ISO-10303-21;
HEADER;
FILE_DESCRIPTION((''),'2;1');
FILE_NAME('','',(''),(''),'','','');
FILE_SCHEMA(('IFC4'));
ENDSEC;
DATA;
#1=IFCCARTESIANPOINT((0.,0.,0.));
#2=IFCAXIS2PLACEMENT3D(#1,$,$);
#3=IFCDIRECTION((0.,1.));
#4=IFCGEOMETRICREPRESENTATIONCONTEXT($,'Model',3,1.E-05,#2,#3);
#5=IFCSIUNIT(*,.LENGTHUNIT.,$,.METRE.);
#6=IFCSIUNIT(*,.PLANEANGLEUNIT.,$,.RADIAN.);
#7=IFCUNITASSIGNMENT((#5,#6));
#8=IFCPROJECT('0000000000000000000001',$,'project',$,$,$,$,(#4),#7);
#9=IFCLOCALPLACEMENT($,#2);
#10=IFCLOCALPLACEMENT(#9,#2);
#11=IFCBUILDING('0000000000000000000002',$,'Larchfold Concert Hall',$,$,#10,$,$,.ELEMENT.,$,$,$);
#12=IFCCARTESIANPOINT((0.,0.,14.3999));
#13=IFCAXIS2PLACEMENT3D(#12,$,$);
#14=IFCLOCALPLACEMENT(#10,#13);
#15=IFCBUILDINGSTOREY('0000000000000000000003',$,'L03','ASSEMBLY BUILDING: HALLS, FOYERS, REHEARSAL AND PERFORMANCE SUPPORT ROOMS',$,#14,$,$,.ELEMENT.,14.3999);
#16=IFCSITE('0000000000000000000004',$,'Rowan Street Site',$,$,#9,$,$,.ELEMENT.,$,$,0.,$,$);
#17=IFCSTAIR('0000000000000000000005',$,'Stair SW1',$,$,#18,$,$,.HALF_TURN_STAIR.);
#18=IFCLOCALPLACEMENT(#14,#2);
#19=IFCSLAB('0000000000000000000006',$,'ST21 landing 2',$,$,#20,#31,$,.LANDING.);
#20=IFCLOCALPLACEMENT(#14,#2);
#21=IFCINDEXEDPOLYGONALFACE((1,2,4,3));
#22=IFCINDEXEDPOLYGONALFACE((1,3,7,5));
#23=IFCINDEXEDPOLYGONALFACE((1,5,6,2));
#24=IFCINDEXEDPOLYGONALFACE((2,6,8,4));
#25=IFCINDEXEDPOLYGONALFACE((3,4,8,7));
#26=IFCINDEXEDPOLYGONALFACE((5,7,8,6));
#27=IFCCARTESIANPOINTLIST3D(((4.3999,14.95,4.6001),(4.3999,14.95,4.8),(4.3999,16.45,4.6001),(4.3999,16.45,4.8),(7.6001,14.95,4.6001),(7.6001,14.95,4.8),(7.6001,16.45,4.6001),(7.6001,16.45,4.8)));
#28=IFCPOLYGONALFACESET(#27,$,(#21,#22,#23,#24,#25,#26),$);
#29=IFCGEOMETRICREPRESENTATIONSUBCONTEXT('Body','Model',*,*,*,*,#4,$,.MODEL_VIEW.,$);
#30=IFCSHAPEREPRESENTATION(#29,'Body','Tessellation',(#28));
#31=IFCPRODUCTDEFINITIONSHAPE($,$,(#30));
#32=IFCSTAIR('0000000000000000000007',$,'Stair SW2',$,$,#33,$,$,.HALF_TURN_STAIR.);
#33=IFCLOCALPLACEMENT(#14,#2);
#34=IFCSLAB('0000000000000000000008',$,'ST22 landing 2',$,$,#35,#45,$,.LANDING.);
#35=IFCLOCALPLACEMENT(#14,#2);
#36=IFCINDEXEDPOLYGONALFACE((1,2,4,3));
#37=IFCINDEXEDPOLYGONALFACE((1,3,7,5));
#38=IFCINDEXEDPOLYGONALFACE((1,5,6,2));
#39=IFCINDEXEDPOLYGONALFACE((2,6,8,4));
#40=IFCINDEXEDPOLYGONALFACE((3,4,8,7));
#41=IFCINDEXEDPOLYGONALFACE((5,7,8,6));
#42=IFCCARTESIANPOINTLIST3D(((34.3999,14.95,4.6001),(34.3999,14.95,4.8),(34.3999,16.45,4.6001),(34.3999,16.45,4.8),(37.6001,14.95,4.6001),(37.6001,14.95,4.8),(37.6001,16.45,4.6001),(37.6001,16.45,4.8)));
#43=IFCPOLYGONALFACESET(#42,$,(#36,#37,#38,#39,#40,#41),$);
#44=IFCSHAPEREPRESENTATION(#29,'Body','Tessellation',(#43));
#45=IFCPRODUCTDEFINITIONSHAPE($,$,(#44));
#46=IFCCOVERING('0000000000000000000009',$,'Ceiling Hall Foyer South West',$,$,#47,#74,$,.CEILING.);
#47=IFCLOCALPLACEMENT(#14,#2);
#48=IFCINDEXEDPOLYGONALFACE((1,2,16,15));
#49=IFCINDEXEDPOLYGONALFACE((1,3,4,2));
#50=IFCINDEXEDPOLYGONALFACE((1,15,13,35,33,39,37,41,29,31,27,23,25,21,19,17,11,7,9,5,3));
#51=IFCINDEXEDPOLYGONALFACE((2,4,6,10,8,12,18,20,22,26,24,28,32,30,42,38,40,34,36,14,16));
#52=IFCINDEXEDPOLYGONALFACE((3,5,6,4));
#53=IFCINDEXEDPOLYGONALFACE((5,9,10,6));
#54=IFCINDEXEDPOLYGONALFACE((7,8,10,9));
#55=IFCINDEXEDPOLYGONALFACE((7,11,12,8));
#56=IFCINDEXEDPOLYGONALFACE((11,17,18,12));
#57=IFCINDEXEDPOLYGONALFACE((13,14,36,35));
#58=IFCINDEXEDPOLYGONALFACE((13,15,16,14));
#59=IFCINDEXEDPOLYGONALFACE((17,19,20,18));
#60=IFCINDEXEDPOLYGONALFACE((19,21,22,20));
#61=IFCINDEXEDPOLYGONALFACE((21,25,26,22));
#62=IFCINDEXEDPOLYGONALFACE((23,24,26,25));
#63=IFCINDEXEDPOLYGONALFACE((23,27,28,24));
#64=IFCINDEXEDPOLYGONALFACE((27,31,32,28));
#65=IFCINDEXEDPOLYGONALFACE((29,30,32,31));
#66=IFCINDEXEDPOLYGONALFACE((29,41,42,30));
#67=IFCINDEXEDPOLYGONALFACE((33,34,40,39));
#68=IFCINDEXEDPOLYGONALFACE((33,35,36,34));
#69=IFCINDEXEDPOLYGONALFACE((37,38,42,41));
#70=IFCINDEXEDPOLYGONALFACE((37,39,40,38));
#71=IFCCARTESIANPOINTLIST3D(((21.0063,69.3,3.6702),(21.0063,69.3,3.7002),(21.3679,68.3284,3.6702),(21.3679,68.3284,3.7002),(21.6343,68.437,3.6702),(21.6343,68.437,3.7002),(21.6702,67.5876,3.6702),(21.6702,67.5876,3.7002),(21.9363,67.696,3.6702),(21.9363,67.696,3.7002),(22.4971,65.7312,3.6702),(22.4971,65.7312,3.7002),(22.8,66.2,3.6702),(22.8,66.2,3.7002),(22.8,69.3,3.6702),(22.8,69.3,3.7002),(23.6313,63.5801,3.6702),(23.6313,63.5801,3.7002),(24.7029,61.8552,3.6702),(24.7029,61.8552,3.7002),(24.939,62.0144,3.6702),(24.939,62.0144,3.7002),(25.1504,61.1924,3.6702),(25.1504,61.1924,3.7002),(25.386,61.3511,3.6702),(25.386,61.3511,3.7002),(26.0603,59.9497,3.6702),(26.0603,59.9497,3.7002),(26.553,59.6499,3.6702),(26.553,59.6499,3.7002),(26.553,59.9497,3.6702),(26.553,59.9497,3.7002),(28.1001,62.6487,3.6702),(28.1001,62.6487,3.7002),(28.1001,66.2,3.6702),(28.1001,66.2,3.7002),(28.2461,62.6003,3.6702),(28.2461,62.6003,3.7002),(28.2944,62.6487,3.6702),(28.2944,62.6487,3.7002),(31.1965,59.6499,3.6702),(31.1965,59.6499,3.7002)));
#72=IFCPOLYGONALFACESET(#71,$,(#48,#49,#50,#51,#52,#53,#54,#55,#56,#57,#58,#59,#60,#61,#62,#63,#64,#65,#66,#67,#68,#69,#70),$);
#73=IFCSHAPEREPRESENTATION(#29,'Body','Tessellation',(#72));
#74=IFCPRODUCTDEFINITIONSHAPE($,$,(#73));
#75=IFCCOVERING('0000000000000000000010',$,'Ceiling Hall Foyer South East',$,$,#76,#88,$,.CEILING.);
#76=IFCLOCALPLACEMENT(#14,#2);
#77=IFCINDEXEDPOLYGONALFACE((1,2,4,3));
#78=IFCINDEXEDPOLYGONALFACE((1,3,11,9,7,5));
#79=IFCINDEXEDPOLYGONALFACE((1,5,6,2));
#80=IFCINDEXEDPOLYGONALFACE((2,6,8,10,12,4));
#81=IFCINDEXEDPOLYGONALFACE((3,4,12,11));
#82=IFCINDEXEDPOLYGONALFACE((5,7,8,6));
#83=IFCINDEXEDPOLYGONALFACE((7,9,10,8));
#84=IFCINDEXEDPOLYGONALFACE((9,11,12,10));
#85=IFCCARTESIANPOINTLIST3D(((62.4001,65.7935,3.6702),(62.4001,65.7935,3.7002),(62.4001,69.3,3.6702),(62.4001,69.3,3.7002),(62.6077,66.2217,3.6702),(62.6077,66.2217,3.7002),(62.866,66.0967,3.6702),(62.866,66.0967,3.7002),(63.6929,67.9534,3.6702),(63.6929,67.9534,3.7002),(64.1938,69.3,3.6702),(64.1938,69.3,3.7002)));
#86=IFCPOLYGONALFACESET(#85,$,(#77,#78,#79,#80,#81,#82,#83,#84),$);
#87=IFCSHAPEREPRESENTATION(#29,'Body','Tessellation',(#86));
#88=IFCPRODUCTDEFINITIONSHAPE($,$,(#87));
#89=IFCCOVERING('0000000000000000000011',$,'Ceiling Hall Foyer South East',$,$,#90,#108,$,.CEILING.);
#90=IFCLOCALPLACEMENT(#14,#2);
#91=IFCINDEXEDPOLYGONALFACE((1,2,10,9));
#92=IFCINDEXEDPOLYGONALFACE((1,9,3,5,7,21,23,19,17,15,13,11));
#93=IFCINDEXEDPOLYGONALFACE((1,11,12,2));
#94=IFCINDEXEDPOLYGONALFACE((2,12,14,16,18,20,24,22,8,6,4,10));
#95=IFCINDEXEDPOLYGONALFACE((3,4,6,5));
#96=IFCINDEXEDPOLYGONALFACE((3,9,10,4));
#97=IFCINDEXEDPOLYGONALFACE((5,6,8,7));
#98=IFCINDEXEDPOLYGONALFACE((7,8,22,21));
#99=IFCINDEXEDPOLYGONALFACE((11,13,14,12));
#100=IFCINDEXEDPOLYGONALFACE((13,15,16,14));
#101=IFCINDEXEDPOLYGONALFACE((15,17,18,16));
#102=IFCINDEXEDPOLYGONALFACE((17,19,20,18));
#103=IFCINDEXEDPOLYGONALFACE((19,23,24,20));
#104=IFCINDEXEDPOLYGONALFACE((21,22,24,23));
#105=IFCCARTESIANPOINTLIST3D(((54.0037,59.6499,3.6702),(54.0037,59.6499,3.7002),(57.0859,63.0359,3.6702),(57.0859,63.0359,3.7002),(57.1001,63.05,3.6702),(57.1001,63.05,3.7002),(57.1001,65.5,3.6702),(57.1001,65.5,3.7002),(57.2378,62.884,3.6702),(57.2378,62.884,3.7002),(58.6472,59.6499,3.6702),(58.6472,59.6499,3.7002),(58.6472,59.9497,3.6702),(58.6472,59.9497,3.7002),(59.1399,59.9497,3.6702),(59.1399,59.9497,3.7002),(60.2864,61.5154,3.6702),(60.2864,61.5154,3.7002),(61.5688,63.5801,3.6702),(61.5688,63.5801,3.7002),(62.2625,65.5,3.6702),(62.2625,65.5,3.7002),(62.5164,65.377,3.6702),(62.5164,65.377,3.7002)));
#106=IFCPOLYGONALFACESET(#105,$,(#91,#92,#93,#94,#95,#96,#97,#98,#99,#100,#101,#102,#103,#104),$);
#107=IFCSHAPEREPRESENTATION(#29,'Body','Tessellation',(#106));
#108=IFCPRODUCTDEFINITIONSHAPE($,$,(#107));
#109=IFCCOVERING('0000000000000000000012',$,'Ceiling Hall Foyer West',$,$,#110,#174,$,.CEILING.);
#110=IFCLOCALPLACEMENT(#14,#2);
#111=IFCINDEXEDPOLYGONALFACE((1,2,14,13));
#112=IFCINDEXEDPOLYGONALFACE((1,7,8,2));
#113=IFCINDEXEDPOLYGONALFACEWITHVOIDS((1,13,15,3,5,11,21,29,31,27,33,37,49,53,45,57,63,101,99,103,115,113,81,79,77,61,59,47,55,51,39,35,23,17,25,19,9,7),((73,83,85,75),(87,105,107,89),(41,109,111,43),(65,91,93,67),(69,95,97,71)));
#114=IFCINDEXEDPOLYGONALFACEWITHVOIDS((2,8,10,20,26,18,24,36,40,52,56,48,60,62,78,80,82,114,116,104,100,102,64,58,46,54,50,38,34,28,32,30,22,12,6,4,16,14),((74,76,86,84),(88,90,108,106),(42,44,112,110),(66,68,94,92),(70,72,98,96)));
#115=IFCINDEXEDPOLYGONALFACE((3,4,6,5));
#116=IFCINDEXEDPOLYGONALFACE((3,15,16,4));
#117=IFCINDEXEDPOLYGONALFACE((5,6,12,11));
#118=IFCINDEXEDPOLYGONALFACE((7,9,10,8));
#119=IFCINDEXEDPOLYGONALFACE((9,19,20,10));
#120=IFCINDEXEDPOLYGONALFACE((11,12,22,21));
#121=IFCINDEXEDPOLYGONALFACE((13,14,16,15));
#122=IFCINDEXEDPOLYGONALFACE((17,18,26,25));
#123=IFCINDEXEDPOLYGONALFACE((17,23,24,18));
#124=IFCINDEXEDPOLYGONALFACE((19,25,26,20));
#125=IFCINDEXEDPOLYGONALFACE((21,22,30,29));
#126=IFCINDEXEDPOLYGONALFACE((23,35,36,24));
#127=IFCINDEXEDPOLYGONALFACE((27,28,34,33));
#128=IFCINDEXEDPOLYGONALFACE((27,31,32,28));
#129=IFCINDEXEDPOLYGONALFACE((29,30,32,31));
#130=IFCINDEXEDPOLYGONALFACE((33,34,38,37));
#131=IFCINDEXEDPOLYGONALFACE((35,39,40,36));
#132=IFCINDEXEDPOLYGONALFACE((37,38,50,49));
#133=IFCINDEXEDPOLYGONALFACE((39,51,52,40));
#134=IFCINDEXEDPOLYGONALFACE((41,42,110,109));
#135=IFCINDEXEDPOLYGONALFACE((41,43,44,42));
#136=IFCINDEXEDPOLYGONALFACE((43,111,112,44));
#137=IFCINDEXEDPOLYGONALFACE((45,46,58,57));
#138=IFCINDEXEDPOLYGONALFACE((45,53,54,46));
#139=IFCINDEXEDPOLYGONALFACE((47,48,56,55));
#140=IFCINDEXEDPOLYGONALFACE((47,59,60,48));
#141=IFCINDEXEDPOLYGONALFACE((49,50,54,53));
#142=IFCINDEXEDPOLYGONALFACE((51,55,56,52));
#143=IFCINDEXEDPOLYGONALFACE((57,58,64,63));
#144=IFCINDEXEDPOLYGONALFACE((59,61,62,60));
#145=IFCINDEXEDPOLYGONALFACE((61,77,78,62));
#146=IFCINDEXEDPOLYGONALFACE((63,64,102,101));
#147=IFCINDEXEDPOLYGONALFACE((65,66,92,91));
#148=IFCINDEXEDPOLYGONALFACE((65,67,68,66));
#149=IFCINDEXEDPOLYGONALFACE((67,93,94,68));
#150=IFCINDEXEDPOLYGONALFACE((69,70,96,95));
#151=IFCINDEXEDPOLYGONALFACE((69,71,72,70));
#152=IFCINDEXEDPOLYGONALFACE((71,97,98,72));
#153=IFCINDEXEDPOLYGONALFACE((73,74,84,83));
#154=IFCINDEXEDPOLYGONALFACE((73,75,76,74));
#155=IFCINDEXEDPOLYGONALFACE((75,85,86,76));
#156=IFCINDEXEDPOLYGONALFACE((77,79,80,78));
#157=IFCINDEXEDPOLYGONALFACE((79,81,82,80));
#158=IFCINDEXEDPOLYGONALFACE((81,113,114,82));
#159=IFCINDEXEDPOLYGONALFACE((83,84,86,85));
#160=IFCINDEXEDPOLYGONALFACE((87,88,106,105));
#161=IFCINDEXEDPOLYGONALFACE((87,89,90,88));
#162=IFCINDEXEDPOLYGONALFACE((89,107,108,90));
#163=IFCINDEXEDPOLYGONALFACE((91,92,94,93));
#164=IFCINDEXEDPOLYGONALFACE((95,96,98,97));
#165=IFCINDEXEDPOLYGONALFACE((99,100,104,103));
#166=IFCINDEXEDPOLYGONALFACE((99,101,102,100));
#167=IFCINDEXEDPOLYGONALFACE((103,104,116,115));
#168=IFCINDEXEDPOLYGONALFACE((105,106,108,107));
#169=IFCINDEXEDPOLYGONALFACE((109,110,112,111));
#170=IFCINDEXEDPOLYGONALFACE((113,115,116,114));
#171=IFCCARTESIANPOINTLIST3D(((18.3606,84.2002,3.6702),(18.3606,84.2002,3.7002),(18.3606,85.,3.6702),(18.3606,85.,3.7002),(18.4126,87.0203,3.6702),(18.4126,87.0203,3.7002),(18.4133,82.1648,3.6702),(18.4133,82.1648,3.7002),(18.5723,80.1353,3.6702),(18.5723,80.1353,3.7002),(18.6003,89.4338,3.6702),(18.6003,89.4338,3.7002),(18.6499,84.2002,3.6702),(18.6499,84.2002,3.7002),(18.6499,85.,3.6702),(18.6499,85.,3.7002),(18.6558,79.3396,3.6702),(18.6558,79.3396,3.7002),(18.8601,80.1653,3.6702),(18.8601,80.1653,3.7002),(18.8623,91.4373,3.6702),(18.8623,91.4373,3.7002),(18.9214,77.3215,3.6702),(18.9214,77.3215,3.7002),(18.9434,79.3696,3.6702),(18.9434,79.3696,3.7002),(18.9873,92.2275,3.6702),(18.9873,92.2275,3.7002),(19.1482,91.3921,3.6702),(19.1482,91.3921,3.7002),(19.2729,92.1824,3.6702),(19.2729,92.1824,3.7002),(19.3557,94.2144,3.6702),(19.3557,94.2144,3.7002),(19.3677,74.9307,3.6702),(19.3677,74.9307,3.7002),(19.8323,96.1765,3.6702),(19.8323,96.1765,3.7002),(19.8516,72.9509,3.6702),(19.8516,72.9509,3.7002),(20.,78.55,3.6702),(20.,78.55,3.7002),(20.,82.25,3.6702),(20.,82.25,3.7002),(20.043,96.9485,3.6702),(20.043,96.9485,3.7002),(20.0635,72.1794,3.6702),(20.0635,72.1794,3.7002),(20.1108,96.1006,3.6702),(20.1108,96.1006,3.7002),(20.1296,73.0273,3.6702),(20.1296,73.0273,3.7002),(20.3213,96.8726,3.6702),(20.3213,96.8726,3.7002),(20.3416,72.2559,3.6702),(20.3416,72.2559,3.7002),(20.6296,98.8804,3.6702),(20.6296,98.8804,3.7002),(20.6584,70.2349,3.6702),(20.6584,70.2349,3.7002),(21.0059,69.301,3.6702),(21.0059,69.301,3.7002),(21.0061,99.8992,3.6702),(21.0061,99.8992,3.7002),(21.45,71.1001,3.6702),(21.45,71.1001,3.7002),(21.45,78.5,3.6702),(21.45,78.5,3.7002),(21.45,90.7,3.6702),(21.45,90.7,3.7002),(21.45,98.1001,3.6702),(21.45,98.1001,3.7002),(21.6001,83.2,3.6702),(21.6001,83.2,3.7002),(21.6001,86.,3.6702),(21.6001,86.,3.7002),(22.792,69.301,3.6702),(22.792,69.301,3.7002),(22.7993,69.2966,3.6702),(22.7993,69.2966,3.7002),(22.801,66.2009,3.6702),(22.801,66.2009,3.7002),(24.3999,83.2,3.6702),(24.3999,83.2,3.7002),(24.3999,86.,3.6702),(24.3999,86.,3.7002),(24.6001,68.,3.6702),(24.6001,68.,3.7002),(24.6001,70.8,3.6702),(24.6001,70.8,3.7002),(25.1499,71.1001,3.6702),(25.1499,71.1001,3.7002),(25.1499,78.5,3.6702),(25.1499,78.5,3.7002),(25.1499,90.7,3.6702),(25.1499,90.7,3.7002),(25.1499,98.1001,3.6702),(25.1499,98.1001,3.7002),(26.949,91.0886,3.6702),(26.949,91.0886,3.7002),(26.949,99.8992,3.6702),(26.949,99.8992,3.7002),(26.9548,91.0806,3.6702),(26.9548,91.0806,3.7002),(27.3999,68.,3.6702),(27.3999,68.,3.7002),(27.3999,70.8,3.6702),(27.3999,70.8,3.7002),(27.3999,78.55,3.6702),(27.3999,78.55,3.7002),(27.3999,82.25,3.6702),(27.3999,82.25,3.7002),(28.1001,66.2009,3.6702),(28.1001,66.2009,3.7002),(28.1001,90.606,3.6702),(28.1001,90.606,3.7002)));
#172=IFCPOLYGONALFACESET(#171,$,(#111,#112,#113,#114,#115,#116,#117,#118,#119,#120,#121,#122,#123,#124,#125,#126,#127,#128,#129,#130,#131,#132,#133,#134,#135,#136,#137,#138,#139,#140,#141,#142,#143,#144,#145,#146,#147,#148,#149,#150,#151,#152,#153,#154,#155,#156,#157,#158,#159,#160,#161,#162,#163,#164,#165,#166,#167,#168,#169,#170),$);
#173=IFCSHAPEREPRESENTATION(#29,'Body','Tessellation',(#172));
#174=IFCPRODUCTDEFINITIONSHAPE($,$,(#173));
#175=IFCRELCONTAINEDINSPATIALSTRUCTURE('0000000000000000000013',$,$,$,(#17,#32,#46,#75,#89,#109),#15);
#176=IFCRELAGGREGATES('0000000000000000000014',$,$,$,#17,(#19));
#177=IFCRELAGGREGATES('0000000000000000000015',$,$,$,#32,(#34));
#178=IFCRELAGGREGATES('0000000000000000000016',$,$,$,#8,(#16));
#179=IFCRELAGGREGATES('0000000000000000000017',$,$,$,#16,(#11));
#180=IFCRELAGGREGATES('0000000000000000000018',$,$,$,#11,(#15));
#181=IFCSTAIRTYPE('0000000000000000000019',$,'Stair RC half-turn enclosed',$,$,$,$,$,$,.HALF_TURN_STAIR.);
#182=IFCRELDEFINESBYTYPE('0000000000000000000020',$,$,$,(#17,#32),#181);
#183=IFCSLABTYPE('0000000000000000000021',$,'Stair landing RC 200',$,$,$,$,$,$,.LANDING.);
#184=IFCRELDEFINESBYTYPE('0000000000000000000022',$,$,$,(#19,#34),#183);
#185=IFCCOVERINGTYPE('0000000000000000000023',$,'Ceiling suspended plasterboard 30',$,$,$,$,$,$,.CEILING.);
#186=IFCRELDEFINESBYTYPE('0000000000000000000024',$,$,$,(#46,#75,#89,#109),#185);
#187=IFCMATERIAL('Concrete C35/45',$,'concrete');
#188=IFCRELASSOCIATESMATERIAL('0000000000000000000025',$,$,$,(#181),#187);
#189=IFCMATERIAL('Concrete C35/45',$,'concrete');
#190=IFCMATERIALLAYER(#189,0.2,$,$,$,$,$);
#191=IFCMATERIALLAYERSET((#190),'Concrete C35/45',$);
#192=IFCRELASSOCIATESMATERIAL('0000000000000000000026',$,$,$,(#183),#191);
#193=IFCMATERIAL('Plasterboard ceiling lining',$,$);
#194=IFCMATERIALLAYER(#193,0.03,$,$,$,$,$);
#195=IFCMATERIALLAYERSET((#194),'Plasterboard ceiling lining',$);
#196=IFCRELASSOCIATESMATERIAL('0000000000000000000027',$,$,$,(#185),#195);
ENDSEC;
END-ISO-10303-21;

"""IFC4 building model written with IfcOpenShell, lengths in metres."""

from ifc_helpers import new_model, si_unit, direction, frame, origin, place, context, subcontext, project, spatial, polyline, outline, extrude, material, layer, layer_set, type_object, element, aggregate, save


model = new_model("IFC4")

# Units and contexts
model_context = context("Model", 3, precision=1e-05, world=origin(), true_north=direction((0.0, 1.0)))
body_context = subcontext(model_context, "Body", "Model", "MODEL_VIEW")
ifc_project = project(units=[si_unit("LENGTHUNIT", "METRE"), si_unit("PLANEANGLEUNIT", "RADIAN")], contexts=[model_context])

# Site, building, storey
site_placement = place(None, origin())
site = spatial("IfcSite", under=ifc_project, at=site_placement, Name="Rowan Street Site", CompositionType="ELEMENT", RefElevation=0.0)
building_placement = place(site_placement, origin())
building = spatial("IfcBuilding", under=site, at=building_placement, Name="Larchfold Concert Hall", CompositionType="ELEMENT")
storey_placement = place(building_placement, frame((0.0, 0.0, 14.3999)))
storey = spatial("IfcBuildingStorey", under=building, at=storey_placement, Name="L03", Description="ASSEMBLY BUILDING: HALLS, FOYERS, REHEARSAL AND PERFORMANCE SUPPORT ROOMS", CompositionType="ELEMENT", Elevation=14.3999)

# Stairs, slabs
ifc_material_1 = material(Name="Concrete C35/45", Category="concrete")
stair_type = type_object("IfcStairType", Name="Stair RC half-turn enclosed", PredefinedType="HALF_TURN_STAIR", material=ifc_material_1)
ifc_material_2 = material(Name="Concrete C35/45", Category="concrete")
ifc_layer_1 = layer(ifc_material_2, 0.2)
ifc_layer_set_1 = layer_set([ifc_layer_1], Name="Concrete C35/45")
slab_type = type_object("IfcSlabType", Name="Stair landing RC 200", PredefinedType="LANDING", material=ifc_layer_set_1)
stair_1_placement = place(storey_placement, origin())
stair_1 = element("IfcStair", 1, at=stair_1_placement, inside=storey, type_object=stair_type, Name="Stair SW1", PredefinedType="HALF_TURN_STAIR")
slab_1_placement = place(storey_placement, frame((0.0, 0.0, 4.6001)))
slab_1 = element("IfcSlab", 2, at=slab_1_placement, type_object=slab_type, Name="ST21 landing 2", PredefinedType="LANDING", context=body_context, shape_type="SweptSolid", body=[
    extrude(outline(polyline([(4.3999, 16.45), (4.3999, 14.95), (7.6001, 14.95), (7.6001, 16.45), (4.3999, 16.45)])), origin(), (0.0, 0.0, 1.0), 0.2),
])
aggregate(stair_1, [slab_1])
stair_2_placement = place(storey_placement, origin())
stair_2 = element("IfcStair", 3, at=stair_2_placement, inside=storey, type_object=stair_type, Name="Stair SW2", PredefinedType="HALF_TURN_STAIR")
slab_2_placement = place(storey_placement, frame((0.0, 0.0, 4.6001)))
slab_2 = element("IfcSlab", 4, at=slab_2_placement, type_object=slab_type, Name="ST22 landing 2", PredefinedType="LANDING", context=body_context, shape_type="SweptSolid", body=[
    extrude(outline(polyline([(34.3999, 16.45), (34.3999, 14.95), (37.6001, 14.95), (37.6001, 16.45), (34.3999, 16.45)])), origin(), (0.0, 0.0, 1.0), 0.2),
])
aggregate(stair_2, [slab_2])

# Coverings
ifc_material_3 = material(Name="Plasterboard ceiling lining")
ifc_layer_2 = layer(ifc_material_3, 0.03)
ifc_layer_set_2 = layer_set([ifc_layer_2], Name="Plasterboard ceiling lining")
covering_type_1 = type_object("IfcCoveringType", Name="Ceiling suspended plasterboard 30", PredefinedType="CEILING", material=ifc_layer_set_2)
covering_1_placement = place(storey_placement, frame((0.0, 0.0, 3.6702)))
element("IfcCovering", 5, at=covering_1_placement, inside=storey, type_object=covering_type_1, Name="Ceiling Hall Foyer South West", PredefinedType="CEILING", context=body_context, shape_type="SweptSolid", body=[
    extrude(outline(polyline([(28.1001, 66.2), (22.8, 66.2), (22.8, 69.3), (21.0063, 69.3), (21.3679, 68.3284), (21.6343, 68.437), (21.9363, 67.696), (21.6702, 67.5876), (22.4971, 65.7312), (23.6313, 63.5801), (24.7029, 61.8552), (24.939, 62.0144), (25.386, 61.3511), (25.1504, 61.1924), (26.0603, 59.9497), (26.553, 59.9497), (26.553, 59.6499), (31.1965, 59.6499), (28.2461, 62.6003), (28.2944, 62.6487), (28.1001, 62.6487), (28.1001, 66.2)])), origin(), (0.0, 0.0, 1.0), 0.03),
])
covering_2_placement = place(storey_placement, frame((0.0, 0.0, 3.6702)))
element("IfcCovering", 6, at=covering_2_placement, inside=storey, type_object=covering_type_1, Name="Ceiling Hall Foyer South East", PredefinedType="CEILING", context=body_context, shape_type="SweptSolid", body=[
    extrude(outline(polyline([(62.866, 66.0967), (63.6929, 67.9534), (64.1938, 69.3), (62.4001, 69.3), (62.4001, 65.7935), (62.6077, 66.2217), (62.866, 66.0967)])), origin(), (0.0, 0.0, 1.0), 0.03),
])
covering_3_placement = place(storey_placement, frame((0.0, 0.0, 3.6702)))
element("IfcCovering", 7, at=covering_3_placement, inside=storey, type_object=covering_type_1, Name="Ceiling Hall Foyer South East", PredefinedType="CEILING", context=body_context, shape_type="SweptSolid", body=[
    extrude(outline(polyline([(61.5688, 63.5801), (62.5164, 65.377), (62.2625, 65.5), (57.1001, 65.5), (57.1001, 63.05), (57.0859, 63.0359), (57.2378, 62.884), (54.0037, 59.6499), (58.6472, 59.6499), (58.6472, 59.9497), (59.1399, 59.9497), (60.2864, 61.5154), (61.5688, 63.5801)])), origin(), (0.0, 0.0, 1.0), 0.03),
])
covering_4_placement = place(storey_placement, frame((0.0, 0.0, 3.6702)))
element("IfcCovering", 8, at=covering_4_placement, inside=storey, type_object=covering_type_1, Name="Ceiling Hall Foyer West", PredefinedType="CEILING", context=body_context, shape_type="SweptSolid", body=[
    extrude(outline(polyline([(18.4133, 82.1648), (18.5723, 80.1353), (18.8601, 80.1653), (18.9434, 79.3696), (18.6558, 79.3396), (18.9214, 77.3215), (19.3677, 74.9307), (19.8516, 72.9509), (20.1296, 73.0273), (20.3416, 72.2559), (20.0635, 72.1794), (20.6584, 70.2349), (21.0059, 69.301), (22.792, 69.301), (22.7993, 69.2966), (22.801, 66.2009), (28.1001, 66.2009), (28.1001, 90.606), (26.9548, 91.0806), (26.949, 91.0886), (26.949, 99.8992), (21.0061, 99.8992), (20.6296, 98.8804), (20.043, 96.9485), (20.3213, 96.8726), (20.1108, 96.1006), (19.8323, 96.1765), (19.3557, 94.2144), (18.9873, 92.2275), (19.2729, 92.1824), (19.1482, 91.3921), (18.8623, 91.4373), (18.6003, 89.4338), (18.4126, 87.0203), (18.3606, 85.0), (18.6499, 85.0), (18.6499, 84.2002), (18.3606, 84.2002), (18.4133, 82.1648)]), holes=[polyline([(20.0, 78.55), (20.0, 82.25), (27.3999, 82.25), (27.3999, 78.55), (20.0, 78.55)]), polyline([(24.6001, 68.0), (24.6001, 70.8), (27.3999, 70.8), (27.3999, 68.0), (24.6001, 68.0)]), polyline([(21.45, 71.1001), (21.45, 78.5), (25.1499, 78.5), (25.1499, 71.1001), (21.45, 71.1001)]), polyline([(21.45, 90.7), (21.45, 98.1001), (25.1499, 98.1001), (25.1499, 90.7), (21.45, 90.7)]), polyline([(21.6001, 83.2), (21.6001, 86.0), (24.3999, 86.0), (24.3999, 83.2), (21.6001, 83.2)])]), origin(), (0.0, 0.0, 1.0), 0.03),
])

save(model, "model.ifc")
